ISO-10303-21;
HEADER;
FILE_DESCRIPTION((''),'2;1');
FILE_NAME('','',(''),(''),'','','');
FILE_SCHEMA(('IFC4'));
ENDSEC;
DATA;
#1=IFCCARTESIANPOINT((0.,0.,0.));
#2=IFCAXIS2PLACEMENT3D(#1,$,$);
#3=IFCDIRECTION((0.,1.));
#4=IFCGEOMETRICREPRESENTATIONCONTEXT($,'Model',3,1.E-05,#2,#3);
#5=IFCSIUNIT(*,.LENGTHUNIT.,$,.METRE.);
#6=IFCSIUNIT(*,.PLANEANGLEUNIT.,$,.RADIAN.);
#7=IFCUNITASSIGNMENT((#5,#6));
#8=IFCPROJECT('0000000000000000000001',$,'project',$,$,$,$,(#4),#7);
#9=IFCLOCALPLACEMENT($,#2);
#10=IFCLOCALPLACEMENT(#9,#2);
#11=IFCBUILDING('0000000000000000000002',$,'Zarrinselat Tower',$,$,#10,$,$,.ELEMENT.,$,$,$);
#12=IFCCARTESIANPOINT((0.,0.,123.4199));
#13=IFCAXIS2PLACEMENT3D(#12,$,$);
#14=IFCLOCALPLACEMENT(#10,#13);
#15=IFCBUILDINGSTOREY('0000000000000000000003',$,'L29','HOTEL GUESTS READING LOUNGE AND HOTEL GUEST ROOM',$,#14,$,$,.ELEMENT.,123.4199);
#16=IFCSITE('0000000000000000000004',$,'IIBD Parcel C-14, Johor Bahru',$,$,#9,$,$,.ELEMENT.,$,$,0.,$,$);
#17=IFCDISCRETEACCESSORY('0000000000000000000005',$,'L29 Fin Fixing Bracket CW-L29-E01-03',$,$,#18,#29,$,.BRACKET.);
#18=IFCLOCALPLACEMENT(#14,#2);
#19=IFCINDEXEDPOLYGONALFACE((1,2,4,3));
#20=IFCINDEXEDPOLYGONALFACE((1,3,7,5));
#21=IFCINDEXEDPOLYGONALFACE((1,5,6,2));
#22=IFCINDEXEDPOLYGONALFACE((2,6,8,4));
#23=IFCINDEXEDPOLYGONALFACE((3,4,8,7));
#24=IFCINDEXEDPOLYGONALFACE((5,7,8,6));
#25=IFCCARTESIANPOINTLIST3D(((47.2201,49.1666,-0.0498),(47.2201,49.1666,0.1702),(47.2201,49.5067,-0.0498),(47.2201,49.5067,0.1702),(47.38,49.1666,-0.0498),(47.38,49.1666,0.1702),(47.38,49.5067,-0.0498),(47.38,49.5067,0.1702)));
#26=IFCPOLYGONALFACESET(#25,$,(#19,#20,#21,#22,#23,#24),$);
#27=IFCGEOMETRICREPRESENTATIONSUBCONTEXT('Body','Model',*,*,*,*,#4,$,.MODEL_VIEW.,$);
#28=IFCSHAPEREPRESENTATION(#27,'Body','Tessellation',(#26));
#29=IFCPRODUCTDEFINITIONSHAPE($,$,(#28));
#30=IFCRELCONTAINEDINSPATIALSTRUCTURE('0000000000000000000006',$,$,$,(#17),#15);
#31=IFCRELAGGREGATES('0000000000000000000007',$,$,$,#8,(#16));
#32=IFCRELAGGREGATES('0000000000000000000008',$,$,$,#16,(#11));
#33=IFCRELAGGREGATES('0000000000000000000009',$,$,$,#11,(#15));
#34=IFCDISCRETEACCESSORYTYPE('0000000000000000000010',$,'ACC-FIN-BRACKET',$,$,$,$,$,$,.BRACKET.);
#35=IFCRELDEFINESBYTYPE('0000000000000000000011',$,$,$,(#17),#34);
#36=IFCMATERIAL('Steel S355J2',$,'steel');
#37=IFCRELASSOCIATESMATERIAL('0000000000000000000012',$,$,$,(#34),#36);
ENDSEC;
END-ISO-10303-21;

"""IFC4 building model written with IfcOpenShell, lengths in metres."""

from ifc_helpers import new_model, si_unit, direction, frame, origin, origin_2d, place, context, subcontext, project, spatial, rectangle, extrude, material, type_object, element, save


model = new_model("IFC4")

# Units and contexts
model_context = context("Model", 3, precision=1e-05, world=origin(), true_north=direction((0.0, 1.0)))
body_context = subcontext(model_context, "Body", "Model", "MODEL_VIEW")
ifc_project = project(units=[si_unit("LENGTHUNIT", "METRE"), si_unit("PLANEANGLEUNIT", "RADIAN")], contexts=[model_context])

# Site, building, storey
site_placement = place(None, origin())
site = spatial("IfcSite", under=ifc_project, at=site_placement, Name="IIBD Parcel C-14, Johor Bahru", CompositionType="ELEMENT", RefElevation=0.0)
building_placement = place(site_placement, origin())
building = spatial("IfcBuilding", under=site, at=building_placement, Name="Zarrinselat Tower", CompositionType="ELEMENT")
storey_placement = place(building_placement, frame((0.0, 0.0, 123.4199)))
storey = spatial("IfcBuildingStorey", under=building, at=storey_placement, Name="L29", Description="HOTEL GUESTS READING LOUNGE AND HOTEL GUEST ROOM", CompositionType="ELEMENT", Elevation=123.4199)

# Discrete accessory
ifc_material_1 = material(Name="Steel S355J2", Category="steel")
discrete_accessory_type = type_object("IfcDiscreteAccessoryType", Name="ACC-FIN-BRACKET", PredefinedType="BRACKET", material=ifc_material_1)
discrete_accessory_placement = place(storey_placement, frame((47.3, 49.3367, -0.0498), z_axis=(0.0, 0.0, 1.0), x_axis=(0.0, 1.0, 0.0)))
element("IfcDiscreteAccessory", 1, at=discrete_accessory_placement, inside=storey, type_object=discrete_accessory_type, Name="L29 Fin Fixing Bracket CW-L29-E01-03", PredefinedType="BRACKET", context=body_context, shape_type="SweptSolid", body=[
    extrude(rectangle(XDim=0.3401, YDim=0.1599, at=origin_2d()), origin(), (0.0, 0.0, 1.0), 0.22),
])

save(model, "model.ifc")
